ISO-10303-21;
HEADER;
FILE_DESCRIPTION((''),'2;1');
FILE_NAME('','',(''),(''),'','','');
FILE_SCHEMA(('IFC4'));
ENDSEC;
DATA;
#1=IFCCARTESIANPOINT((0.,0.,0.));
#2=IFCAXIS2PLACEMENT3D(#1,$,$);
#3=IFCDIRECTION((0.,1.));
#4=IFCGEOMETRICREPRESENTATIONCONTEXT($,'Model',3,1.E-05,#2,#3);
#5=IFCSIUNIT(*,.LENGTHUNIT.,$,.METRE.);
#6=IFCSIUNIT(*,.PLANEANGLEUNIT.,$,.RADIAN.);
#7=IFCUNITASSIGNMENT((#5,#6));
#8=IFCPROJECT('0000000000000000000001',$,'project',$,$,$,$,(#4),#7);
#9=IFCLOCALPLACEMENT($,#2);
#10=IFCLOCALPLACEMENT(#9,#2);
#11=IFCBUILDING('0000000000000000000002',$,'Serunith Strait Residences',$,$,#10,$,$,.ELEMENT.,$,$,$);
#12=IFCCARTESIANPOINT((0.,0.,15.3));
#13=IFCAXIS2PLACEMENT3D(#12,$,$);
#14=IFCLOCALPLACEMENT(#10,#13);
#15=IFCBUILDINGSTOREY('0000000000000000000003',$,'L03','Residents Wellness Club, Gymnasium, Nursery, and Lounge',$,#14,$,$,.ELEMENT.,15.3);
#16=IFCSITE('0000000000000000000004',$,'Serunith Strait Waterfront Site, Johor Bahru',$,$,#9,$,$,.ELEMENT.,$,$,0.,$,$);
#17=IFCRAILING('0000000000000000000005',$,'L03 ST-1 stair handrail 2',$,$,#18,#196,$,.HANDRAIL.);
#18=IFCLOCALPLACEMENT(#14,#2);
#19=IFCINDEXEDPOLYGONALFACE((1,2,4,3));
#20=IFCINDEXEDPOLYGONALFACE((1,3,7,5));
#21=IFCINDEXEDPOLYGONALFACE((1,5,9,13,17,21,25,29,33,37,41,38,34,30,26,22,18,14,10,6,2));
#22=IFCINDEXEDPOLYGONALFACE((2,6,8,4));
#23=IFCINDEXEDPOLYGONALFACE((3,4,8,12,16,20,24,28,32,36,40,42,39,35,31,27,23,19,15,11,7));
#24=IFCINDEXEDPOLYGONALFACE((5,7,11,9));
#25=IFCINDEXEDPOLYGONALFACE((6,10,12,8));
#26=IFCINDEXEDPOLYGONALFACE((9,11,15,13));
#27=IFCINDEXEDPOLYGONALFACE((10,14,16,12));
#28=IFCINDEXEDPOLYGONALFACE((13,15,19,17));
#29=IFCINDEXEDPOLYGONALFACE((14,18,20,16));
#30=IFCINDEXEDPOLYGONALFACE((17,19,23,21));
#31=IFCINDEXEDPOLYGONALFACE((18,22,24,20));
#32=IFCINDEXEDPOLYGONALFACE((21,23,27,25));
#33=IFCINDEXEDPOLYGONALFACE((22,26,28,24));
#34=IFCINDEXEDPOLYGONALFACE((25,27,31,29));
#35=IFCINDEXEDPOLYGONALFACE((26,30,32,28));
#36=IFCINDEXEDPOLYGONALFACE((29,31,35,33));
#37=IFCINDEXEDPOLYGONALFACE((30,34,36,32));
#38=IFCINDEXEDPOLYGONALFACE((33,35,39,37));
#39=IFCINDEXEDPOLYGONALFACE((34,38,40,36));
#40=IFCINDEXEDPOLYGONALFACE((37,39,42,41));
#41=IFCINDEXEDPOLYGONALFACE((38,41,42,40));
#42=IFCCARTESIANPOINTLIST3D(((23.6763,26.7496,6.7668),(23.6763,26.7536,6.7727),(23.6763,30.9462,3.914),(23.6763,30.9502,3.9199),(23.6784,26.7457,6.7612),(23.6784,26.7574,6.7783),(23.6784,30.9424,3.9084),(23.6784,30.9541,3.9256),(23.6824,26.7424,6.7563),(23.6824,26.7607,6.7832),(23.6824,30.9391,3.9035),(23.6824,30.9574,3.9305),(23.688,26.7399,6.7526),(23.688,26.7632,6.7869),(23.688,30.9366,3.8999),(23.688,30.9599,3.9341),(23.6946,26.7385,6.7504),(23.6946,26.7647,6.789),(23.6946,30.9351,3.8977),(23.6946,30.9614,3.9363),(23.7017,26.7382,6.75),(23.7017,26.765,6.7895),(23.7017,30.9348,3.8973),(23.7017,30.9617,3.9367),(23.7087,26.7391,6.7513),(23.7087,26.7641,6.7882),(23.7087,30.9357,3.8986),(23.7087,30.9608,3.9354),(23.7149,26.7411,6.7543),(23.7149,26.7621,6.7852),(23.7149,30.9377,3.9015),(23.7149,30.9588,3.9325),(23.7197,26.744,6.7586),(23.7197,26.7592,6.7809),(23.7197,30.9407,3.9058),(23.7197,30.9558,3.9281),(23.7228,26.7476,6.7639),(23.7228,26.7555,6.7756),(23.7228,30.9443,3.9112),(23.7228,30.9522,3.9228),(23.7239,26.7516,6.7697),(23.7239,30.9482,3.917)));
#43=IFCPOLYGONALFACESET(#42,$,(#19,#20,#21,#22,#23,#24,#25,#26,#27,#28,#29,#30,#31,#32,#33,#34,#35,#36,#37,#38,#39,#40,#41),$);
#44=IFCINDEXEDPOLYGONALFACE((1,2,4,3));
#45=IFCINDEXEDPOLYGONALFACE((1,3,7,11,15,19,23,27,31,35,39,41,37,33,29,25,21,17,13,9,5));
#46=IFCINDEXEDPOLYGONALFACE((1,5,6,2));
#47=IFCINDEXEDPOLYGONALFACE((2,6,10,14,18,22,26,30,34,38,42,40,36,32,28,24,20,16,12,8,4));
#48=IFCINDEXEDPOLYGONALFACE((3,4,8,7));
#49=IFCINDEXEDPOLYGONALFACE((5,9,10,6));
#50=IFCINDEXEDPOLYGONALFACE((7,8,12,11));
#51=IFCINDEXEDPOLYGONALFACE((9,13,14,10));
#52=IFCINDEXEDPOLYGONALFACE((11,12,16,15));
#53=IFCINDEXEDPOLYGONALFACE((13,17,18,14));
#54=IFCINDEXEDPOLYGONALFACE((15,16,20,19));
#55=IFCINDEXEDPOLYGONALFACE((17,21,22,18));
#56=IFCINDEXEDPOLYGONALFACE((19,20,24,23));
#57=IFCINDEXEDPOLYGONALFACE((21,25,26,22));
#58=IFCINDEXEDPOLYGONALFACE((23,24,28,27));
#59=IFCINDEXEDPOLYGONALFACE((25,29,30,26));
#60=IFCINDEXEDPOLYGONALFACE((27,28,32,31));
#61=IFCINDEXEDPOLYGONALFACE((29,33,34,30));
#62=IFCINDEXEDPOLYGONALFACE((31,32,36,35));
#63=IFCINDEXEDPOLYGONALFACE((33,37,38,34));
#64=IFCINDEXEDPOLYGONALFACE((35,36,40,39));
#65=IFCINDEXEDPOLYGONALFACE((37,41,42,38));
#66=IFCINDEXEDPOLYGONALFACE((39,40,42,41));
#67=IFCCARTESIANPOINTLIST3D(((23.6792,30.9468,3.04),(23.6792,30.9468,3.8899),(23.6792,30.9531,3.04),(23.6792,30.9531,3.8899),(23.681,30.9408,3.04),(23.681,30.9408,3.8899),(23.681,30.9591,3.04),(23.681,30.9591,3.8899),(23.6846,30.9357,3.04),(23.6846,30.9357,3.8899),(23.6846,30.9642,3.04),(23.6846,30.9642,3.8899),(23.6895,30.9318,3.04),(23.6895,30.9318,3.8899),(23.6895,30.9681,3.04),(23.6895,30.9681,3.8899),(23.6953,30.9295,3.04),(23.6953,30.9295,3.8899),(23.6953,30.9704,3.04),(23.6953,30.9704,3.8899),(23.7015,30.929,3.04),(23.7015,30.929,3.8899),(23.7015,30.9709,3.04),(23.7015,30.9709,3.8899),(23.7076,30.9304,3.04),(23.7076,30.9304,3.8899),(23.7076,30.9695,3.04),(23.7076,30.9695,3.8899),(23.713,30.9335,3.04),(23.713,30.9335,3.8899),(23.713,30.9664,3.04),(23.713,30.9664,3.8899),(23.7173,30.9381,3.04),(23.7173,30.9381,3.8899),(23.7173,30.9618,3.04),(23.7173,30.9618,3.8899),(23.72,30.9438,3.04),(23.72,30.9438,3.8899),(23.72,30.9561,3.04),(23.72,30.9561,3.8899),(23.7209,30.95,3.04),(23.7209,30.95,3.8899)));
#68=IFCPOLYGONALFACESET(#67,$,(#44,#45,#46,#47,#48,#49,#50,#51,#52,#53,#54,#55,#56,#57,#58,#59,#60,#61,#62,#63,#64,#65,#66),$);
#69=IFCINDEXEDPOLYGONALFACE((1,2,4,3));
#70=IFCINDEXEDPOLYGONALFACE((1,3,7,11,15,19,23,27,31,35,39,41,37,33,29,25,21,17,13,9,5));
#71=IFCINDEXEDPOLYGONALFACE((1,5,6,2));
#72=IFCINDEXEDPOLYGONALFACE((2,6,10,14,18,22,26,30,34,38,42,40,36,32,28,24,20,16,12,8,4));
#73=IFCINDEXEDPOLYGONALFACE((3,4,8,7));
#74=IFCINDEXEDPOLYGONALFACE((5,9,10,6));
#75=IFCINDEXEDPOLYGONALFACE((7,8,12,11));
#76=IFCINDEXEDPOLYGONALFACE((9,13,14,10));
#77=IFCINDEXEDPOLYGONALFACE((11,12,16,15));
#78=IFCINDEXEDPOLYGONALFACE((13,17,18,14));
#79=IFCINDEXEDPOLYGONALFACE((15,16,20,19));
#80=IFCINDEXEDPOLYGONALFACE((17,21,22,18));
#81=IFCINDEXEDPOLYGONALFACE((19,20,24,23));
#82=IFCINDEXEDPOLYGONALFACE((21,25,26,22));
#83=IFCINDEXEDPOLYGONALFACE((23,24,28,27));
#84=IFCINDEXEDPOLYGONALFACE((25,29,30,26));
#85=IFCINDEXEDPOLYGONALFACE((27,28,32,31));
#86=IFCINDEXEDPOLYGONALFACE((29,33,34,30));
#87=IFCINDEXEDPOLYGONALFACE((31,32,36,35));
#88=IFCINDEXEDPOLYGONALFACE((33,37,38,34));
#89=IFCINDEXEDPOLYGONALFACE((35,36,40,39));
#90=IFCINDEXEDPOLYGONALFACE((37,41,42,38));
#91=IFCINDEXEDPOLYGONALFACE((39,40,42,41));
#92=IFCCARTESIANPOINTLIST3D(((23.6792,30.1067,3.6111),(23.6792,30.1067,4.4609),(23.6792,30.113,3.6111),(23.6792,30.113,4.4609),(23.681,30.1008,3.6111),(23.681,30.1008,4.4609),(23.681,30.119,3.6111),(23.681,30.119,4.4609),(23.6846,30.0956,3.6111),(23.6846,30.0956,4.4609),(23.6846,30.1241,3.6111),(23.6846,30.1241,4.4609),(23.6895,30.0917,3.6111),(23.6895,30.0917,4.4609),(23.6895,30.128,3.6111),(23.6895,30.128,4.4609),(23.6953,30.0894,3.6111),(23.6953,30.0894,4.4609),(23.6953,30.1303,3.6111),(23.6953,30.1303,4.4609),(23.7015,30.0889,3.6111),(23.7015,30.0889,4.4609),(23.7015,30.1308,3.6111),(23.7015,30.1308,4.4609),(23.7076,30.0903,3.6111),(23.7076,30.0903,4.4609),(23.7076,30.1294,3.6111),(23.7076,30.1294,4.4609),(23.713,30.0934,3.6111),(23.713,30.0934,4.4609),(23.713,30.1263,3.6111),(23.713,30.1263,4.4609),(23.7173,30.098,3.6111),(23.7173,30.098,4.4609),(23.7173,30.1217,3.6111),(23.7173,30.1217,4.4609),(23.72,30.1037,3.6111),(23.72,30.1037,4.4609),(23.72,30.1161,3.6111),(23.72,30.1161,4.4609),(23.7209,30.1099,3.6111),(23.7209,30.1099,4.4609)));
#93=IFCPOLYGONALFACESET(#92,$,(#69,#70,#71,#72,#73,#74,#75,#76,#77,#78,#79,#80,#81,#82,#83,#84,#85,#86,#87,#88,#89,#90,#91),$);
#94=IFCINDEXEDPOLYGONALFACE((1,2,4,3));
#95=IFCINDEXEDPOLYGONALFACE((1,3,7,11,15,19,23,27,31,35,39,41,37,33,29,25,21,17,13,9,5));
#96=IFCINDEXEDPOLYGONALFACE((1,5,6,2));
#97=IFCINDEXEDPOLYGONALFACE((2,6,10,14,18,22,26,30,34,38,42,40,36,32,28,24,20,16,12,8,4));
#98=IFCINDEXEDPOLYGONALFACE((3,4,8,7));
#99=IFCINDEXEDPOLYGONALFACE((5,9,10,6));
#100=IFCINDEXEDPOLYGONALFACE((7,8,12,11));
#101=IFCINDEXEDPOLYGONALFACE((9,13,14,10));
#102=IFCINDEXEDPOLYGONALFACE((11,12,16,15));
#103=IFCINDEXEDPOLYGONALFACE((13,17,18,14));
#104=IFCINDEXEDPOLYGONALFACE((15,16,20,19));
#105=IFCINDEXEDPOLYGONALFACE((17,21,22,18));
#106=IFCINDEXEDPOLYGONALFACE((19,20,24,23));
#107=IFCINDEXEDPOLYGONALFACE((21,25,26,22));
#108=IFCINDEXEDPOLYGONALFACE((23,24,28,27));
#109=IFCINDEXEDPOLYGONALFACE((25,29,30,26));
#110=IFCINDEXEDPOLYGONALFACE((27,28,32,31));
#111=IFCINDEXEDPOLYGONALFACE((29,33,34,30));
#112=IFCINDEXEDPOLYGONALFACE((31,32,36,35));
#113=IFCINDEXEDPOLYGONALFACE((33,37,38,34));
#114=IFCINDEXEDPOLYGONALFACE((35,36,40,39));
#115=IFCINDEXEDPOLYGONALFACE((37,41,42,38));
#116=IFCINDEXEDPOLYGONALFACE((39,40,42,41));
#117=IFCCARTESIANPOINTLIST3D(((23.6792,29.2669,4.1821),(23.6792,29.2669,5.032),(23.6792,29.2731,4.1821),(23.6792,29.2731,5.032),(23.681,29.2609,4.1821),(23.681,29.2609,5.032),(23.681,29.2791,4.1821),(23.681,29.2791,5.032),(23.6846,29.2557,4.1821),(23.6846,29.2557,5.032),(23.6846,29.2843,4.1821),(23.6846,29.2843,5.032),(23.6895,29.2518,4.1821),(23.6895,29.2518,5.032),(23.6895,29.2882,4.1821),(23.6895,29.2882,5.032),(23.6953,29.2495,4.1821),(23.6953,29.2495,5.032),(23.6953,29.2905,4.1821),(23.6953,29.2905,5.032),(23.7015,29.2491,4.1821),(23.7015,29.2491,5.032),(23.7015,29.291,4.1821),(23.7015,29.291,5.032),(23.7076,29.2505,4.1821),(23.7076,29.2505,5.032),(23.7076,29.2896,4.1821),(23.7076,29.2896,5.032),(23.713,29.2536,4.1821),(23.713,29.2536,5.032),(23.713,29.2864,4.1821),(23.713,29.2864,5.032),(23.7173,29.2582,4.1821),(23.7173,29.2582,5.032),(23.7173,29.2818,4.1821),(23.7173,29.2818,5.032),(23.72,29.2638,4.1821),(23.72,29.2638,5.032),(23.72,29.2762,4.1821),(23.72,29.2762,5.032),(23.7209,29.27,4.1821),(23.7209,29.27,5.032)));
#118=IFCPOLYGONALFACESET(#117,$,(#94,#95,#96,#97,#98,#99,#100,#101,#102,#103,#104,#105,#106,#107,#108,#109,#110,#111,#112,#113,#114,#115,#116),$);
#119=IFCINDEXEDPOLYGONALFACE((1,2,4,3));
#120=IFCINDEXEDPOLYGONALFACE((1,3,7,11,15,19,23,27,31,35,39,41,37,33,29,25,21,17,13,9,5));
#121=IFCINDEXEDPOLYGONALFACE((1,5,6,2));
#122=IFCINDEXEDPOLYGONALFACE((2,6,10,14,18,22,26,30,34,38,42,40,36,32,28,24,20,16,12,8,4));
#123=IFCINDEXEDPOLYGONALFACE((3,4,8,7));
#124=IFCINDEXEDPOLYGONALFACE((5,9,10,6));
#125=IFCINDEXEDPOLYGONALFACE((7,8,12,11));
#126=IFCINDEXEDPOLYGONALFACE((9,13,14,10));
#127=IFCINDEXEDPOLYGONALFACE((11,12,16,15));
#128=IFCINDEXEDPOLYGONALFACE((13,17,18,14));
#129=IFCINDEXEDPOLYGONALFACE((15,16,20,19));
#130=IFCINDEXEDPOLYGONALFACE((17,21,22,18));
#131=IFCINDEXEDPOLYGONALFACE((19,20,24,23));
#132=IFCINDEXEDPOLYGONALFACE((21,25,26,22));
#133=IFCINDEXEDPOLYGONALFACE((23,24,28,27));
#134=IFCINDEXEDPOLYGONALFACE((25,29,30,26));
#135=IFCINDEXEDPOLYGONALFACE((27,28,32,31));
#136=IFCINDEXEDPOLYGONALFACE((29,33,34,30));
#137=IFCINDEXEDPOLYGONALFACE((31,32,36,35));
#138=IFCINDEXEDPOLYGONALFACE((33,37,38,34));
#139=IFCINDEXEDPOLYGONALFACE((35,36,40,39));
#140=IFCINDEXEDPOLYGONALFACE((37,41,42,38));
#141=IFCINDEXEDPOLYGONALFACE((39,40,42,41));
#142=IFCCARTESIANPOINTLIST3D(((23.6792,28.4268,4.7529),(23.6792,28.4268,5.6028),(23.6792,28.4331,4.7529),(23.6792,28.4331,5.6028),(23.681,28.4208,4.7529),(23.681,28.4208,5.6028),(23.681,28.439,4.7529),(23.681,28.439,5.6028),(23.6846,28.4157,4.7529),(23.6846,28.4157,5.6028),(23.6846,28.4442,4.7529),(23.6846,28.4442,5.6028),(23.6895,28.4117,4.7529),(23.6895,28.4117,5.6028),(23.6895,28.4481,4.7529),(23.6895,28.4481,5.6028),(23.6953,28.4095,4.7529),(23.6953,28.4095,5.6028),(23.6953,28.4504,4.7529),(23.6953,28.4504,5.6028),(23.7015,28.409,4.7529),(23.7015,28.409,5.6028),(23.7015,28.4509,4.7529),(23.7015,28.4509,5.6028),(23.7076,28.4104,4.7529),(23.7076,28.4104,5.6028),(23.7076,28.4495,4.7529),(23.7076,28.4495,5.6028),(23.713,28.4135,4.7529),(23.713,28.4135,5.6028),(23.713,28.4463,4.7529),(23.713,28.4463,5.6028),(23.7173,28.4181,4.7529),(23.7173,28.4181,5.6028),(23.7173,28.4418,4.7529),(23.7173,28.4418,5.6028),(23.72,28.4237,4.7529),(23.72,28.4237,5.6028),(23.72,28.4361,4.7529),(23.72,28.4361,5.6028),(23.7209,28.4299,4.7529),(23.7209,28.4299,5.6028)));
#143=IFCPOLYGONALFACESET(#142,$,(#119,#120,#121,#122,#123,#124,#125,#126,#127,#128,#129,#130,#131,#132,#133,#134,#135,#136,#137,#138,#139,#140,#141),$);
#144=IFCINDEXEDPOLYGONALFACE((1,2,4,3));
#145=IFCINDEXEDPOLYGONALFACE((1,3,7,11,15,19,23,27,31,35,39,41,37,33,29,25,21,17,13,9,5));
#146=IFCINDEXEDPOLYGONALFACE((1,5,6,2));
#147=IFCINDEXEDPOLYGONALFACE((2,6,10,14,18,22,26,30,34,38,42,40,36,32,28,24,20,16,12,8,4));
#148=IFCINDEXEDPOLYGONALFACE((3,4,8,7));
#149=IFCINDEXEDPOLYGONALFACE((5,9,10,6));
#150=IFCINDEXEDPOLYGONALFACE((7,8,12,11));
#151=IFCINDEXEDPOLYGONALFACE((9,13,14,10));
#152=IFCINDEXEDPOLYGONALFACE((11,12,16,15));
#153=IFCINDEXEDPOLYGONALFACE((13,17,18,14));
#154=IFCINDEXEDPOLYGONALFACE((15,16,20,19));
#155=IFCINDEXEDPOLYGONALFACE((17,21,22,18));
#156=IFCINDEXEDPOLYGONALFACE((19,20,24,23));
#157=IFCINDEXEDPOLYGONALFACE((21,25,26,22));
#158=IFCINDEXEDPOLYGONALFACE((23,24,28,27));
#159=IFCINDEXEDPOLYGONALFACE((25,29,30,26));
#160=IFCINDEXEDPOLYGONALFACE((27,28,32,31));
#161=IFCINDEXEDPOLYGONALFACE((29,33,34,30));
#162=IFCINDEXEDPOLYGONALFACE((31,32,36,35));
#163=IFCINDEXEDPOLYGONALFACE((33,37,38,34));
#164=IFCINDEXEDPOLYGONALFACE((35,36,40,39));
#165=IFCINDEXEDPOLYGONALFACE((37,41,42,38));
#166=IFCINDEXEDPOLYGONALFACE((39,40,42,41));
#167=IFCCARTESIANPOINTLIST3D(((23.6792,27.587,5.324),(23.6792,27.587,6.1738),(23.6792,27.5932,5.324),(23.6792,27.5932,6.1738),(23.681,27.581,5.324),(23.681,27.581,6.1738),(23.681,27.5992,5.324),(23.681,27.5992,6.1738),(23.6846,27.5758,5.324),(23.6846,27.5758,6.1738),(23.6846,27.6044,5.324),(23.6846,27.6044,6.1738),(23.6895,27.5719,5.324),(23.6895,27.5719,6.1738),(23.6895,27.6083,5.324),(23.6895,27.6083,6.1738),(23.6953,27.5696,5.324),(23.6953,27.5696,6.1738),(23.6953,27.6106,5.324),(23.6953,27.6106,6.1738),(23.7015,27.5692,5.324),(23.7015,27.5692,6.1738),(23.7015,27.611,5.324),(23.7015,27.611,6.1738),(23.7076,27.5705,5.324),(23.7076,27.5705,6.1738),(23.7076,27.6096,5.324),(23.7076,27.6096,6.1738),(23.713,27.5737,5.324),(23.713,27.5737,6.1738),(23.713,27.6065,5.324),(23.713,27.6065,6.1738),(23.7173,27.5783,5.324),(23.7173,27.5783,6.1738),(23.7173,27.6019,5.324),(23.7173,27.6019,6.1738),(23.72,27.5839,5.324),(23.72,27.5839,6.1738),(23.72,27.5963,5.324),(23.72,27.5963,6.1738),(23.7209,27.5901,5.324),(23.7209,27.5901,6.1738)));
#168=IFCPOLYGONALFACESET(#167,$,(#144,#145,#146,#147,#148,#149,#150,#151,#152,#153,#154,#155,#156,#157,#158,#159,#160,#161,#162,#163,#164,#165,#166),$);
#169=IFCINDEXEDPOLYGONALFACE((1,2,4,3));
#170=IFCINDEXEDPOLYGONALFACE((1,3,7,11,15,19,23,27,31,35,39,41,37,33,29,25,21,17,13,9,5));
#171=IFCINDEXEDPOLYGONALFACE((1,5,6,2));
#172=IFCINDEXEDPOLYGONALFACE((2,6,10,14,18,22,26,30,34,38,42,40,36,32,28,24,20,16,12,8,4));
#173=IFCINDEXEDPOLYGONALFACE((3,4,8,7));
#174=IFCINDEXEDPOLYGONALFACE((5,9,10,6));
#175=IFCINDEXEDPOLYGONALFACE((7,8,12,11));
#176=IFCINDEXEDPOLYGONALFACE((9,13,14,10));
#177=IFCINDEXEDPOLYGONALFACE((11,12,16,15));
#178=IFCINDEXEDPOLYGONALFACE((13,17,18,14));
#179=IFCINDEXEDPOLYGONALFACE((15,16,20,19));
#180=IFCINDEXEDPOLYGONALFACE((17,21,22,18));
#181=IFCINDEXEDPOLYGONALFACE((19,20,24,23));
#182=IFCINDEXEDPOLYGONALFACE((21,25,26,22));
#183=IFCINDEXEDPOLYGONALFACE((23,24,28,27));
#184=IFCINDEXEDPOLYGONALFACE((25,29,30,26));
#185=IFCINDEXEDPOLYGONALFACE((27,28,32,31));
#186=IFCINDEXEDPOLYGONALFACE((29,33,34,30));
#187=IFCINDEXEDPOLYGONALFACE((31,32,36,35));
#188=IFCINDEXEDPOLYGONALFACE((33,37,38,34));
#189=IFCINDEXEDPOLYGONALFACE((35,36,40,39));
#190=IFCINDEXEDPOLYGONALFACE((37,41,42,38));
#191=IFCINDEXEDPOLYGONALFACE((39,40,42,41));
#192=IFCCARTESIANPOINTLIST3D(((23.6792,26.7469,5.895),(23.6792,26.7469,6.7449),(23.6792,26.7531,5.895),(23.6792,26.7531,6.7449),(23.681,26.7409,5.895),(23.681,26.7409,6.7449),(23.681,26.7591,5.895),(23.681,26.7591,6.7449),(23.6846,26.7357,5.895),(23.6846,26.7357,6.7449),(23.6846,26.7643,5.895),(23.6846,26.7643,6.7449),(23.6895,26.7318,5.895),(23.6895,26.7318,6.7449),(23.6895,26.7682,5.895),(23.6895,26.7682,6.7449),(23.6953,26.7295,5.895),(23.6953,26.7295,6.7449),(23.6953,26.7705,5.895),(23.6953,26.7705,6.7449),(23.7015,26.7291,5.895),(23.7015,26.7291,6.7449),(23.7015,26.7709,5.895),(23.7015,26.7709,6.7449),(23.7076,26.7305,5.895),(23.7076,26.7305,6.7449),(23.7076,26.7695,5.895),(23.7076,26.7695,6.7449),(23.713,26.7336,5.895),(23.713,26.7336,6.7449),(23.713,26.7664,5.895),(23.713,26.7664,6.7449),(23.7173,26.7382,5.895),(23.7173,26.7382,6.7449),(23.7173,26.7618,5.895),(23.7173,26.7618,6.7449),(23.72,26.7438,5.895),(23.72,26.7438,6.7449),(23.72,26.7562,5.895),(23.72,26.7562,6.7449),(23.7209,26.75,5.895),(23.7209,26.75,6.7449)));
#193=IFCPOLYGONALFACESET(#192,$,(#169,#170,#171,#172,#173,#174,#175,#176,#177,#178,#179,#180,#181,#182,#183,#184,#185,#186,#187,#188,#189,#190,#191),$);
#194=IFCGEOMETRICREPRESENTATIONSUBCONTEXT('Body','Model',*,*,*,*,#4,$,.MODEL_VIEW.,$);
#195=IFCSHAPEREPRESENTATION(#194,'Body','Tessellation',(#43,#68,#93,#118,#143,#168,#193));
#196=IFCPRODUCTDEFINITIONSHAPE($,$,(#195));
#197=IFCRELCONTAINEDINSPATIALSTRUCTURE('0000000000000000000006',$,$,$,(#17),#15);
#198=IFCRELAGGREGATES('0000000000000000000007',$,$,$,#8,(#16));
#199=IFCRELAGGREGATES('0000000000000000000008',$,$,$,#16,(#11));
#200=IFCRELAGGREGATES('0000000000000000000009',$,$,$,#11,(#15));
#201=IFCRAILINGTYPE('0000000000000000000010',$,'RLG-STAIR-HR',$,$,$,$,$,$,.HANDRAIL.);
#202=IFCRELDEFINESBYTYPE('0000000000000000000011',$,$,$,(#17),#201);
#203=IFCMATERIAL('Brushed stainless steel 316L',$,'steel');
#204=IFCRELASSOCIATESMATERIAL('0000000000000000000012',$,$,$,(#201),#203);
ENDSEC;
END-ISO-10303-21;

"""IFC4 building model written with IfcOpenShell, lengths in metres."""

from ifc_helpers import new_model, si_unit, direction, frame, origin, origin_2d, place, context, subcontext, project, spatial, circle, extrude, material, type_object, element, save


model = new_model("IFC4")

# Units and contexts
model_context = context("Model", 3, precision=1e-05, world=origin(), true_north=direction((0.0, 1.0)))
body_context = subcontext(model_context, "Body", "Model", "MODEL_VIEW")
ifc_project = project(units=[si_unit("LENGTHUNIT", "METRE"), si_unit("PLANEANGLEUNIT", "RADIAN")], contexts=[model_context])

# Site, building, storey
site_placement = place(None, origin())
site = spatial("IfcSite", under=ifc_project, at=site_placement, Name="Serunith Strait Waterfront Site, Johor Bahru", CompositionType="ELEMENT", RefElevation=0.0)
building_placement = place(site_placement, origin())
building = spatial("IfcBuilding", under=site, at=building_placement, Name="Serunith Strait Residences", CompositionType="ELEMENT")
storey_placement = place(building_placement, frame((0.0, 0.0, 15.3)))
storey = spatial("IfcBuildingStorey", under=building, at=storey_placement, Name="L03", Description="Residents Wellness Club, Gymnasium, Nursery, and Lounge", CompositionType="ELEMENT", Elevation=15.3)

# Railing
ifc_material_1 = material(Name="Brushed stainless steel 316L", Category="steel")
railing_type_1 = type_object("IfcRailingType", Name="RLG-STAIR-HR", PredefinedType="HANDRAIL", material=ifc_material_1)
railing_1_placement = place(storey_placement, frame((23.7, 30.95, 3.04)))
element("IfcRailing", 1, at=railing_1_placement, inside=storey, type_object=railing_type_1, Name="L03 ST-1 stair handrail 2", PredefinedType="HANDRAIL", context=body_context, shape_type="SweptSolid", body=[
    extrude(circle(Radius=0.0239, at=origin_2d()), frame((0.0, -0.0017, 0.877), z_axis=(0.0, -0.827017, 0.562177), x_axis=(1.0, 0.0, 0.0)), (0.0, 0.0, 1.0), 5.0745),
    extrude(circle(Radius=0.021, at=origin_2d()), origin(), (0.0, 0.0, 1.0), 0.8499),
    extrude(circle(Radius=0.021, at=origin_2d()), frame((0.0, -0.8401, 0.571)), (0.0, 0.0, 1.0), 0.8499),
    extrude(circle(Radius=0.021, at=origin_2d()), frame((0.0, -1.6799, 1.1421)), (0.0, 0.0, 1.0), 0.8499),
    extrude(circle(Radius=0.021, at=origin_2d()), frame((0.0, -2.52, 1.7129)), (0.0, 0.0, 1.0), 0.8499),
    extrude(circle(Radius=0.021, at=origin_2d()), frame((0.0, -3.3599, 2.2839)), (0.0, 0.0, 1.0), 0.8499),
    extrude(circle(Radius=0.021, at=origin_2d()), frame((0.0, -4.2, 2.855)), (0.0, 0.0, 1.0), 0.8499),
])

save(model, "model.ifc")
